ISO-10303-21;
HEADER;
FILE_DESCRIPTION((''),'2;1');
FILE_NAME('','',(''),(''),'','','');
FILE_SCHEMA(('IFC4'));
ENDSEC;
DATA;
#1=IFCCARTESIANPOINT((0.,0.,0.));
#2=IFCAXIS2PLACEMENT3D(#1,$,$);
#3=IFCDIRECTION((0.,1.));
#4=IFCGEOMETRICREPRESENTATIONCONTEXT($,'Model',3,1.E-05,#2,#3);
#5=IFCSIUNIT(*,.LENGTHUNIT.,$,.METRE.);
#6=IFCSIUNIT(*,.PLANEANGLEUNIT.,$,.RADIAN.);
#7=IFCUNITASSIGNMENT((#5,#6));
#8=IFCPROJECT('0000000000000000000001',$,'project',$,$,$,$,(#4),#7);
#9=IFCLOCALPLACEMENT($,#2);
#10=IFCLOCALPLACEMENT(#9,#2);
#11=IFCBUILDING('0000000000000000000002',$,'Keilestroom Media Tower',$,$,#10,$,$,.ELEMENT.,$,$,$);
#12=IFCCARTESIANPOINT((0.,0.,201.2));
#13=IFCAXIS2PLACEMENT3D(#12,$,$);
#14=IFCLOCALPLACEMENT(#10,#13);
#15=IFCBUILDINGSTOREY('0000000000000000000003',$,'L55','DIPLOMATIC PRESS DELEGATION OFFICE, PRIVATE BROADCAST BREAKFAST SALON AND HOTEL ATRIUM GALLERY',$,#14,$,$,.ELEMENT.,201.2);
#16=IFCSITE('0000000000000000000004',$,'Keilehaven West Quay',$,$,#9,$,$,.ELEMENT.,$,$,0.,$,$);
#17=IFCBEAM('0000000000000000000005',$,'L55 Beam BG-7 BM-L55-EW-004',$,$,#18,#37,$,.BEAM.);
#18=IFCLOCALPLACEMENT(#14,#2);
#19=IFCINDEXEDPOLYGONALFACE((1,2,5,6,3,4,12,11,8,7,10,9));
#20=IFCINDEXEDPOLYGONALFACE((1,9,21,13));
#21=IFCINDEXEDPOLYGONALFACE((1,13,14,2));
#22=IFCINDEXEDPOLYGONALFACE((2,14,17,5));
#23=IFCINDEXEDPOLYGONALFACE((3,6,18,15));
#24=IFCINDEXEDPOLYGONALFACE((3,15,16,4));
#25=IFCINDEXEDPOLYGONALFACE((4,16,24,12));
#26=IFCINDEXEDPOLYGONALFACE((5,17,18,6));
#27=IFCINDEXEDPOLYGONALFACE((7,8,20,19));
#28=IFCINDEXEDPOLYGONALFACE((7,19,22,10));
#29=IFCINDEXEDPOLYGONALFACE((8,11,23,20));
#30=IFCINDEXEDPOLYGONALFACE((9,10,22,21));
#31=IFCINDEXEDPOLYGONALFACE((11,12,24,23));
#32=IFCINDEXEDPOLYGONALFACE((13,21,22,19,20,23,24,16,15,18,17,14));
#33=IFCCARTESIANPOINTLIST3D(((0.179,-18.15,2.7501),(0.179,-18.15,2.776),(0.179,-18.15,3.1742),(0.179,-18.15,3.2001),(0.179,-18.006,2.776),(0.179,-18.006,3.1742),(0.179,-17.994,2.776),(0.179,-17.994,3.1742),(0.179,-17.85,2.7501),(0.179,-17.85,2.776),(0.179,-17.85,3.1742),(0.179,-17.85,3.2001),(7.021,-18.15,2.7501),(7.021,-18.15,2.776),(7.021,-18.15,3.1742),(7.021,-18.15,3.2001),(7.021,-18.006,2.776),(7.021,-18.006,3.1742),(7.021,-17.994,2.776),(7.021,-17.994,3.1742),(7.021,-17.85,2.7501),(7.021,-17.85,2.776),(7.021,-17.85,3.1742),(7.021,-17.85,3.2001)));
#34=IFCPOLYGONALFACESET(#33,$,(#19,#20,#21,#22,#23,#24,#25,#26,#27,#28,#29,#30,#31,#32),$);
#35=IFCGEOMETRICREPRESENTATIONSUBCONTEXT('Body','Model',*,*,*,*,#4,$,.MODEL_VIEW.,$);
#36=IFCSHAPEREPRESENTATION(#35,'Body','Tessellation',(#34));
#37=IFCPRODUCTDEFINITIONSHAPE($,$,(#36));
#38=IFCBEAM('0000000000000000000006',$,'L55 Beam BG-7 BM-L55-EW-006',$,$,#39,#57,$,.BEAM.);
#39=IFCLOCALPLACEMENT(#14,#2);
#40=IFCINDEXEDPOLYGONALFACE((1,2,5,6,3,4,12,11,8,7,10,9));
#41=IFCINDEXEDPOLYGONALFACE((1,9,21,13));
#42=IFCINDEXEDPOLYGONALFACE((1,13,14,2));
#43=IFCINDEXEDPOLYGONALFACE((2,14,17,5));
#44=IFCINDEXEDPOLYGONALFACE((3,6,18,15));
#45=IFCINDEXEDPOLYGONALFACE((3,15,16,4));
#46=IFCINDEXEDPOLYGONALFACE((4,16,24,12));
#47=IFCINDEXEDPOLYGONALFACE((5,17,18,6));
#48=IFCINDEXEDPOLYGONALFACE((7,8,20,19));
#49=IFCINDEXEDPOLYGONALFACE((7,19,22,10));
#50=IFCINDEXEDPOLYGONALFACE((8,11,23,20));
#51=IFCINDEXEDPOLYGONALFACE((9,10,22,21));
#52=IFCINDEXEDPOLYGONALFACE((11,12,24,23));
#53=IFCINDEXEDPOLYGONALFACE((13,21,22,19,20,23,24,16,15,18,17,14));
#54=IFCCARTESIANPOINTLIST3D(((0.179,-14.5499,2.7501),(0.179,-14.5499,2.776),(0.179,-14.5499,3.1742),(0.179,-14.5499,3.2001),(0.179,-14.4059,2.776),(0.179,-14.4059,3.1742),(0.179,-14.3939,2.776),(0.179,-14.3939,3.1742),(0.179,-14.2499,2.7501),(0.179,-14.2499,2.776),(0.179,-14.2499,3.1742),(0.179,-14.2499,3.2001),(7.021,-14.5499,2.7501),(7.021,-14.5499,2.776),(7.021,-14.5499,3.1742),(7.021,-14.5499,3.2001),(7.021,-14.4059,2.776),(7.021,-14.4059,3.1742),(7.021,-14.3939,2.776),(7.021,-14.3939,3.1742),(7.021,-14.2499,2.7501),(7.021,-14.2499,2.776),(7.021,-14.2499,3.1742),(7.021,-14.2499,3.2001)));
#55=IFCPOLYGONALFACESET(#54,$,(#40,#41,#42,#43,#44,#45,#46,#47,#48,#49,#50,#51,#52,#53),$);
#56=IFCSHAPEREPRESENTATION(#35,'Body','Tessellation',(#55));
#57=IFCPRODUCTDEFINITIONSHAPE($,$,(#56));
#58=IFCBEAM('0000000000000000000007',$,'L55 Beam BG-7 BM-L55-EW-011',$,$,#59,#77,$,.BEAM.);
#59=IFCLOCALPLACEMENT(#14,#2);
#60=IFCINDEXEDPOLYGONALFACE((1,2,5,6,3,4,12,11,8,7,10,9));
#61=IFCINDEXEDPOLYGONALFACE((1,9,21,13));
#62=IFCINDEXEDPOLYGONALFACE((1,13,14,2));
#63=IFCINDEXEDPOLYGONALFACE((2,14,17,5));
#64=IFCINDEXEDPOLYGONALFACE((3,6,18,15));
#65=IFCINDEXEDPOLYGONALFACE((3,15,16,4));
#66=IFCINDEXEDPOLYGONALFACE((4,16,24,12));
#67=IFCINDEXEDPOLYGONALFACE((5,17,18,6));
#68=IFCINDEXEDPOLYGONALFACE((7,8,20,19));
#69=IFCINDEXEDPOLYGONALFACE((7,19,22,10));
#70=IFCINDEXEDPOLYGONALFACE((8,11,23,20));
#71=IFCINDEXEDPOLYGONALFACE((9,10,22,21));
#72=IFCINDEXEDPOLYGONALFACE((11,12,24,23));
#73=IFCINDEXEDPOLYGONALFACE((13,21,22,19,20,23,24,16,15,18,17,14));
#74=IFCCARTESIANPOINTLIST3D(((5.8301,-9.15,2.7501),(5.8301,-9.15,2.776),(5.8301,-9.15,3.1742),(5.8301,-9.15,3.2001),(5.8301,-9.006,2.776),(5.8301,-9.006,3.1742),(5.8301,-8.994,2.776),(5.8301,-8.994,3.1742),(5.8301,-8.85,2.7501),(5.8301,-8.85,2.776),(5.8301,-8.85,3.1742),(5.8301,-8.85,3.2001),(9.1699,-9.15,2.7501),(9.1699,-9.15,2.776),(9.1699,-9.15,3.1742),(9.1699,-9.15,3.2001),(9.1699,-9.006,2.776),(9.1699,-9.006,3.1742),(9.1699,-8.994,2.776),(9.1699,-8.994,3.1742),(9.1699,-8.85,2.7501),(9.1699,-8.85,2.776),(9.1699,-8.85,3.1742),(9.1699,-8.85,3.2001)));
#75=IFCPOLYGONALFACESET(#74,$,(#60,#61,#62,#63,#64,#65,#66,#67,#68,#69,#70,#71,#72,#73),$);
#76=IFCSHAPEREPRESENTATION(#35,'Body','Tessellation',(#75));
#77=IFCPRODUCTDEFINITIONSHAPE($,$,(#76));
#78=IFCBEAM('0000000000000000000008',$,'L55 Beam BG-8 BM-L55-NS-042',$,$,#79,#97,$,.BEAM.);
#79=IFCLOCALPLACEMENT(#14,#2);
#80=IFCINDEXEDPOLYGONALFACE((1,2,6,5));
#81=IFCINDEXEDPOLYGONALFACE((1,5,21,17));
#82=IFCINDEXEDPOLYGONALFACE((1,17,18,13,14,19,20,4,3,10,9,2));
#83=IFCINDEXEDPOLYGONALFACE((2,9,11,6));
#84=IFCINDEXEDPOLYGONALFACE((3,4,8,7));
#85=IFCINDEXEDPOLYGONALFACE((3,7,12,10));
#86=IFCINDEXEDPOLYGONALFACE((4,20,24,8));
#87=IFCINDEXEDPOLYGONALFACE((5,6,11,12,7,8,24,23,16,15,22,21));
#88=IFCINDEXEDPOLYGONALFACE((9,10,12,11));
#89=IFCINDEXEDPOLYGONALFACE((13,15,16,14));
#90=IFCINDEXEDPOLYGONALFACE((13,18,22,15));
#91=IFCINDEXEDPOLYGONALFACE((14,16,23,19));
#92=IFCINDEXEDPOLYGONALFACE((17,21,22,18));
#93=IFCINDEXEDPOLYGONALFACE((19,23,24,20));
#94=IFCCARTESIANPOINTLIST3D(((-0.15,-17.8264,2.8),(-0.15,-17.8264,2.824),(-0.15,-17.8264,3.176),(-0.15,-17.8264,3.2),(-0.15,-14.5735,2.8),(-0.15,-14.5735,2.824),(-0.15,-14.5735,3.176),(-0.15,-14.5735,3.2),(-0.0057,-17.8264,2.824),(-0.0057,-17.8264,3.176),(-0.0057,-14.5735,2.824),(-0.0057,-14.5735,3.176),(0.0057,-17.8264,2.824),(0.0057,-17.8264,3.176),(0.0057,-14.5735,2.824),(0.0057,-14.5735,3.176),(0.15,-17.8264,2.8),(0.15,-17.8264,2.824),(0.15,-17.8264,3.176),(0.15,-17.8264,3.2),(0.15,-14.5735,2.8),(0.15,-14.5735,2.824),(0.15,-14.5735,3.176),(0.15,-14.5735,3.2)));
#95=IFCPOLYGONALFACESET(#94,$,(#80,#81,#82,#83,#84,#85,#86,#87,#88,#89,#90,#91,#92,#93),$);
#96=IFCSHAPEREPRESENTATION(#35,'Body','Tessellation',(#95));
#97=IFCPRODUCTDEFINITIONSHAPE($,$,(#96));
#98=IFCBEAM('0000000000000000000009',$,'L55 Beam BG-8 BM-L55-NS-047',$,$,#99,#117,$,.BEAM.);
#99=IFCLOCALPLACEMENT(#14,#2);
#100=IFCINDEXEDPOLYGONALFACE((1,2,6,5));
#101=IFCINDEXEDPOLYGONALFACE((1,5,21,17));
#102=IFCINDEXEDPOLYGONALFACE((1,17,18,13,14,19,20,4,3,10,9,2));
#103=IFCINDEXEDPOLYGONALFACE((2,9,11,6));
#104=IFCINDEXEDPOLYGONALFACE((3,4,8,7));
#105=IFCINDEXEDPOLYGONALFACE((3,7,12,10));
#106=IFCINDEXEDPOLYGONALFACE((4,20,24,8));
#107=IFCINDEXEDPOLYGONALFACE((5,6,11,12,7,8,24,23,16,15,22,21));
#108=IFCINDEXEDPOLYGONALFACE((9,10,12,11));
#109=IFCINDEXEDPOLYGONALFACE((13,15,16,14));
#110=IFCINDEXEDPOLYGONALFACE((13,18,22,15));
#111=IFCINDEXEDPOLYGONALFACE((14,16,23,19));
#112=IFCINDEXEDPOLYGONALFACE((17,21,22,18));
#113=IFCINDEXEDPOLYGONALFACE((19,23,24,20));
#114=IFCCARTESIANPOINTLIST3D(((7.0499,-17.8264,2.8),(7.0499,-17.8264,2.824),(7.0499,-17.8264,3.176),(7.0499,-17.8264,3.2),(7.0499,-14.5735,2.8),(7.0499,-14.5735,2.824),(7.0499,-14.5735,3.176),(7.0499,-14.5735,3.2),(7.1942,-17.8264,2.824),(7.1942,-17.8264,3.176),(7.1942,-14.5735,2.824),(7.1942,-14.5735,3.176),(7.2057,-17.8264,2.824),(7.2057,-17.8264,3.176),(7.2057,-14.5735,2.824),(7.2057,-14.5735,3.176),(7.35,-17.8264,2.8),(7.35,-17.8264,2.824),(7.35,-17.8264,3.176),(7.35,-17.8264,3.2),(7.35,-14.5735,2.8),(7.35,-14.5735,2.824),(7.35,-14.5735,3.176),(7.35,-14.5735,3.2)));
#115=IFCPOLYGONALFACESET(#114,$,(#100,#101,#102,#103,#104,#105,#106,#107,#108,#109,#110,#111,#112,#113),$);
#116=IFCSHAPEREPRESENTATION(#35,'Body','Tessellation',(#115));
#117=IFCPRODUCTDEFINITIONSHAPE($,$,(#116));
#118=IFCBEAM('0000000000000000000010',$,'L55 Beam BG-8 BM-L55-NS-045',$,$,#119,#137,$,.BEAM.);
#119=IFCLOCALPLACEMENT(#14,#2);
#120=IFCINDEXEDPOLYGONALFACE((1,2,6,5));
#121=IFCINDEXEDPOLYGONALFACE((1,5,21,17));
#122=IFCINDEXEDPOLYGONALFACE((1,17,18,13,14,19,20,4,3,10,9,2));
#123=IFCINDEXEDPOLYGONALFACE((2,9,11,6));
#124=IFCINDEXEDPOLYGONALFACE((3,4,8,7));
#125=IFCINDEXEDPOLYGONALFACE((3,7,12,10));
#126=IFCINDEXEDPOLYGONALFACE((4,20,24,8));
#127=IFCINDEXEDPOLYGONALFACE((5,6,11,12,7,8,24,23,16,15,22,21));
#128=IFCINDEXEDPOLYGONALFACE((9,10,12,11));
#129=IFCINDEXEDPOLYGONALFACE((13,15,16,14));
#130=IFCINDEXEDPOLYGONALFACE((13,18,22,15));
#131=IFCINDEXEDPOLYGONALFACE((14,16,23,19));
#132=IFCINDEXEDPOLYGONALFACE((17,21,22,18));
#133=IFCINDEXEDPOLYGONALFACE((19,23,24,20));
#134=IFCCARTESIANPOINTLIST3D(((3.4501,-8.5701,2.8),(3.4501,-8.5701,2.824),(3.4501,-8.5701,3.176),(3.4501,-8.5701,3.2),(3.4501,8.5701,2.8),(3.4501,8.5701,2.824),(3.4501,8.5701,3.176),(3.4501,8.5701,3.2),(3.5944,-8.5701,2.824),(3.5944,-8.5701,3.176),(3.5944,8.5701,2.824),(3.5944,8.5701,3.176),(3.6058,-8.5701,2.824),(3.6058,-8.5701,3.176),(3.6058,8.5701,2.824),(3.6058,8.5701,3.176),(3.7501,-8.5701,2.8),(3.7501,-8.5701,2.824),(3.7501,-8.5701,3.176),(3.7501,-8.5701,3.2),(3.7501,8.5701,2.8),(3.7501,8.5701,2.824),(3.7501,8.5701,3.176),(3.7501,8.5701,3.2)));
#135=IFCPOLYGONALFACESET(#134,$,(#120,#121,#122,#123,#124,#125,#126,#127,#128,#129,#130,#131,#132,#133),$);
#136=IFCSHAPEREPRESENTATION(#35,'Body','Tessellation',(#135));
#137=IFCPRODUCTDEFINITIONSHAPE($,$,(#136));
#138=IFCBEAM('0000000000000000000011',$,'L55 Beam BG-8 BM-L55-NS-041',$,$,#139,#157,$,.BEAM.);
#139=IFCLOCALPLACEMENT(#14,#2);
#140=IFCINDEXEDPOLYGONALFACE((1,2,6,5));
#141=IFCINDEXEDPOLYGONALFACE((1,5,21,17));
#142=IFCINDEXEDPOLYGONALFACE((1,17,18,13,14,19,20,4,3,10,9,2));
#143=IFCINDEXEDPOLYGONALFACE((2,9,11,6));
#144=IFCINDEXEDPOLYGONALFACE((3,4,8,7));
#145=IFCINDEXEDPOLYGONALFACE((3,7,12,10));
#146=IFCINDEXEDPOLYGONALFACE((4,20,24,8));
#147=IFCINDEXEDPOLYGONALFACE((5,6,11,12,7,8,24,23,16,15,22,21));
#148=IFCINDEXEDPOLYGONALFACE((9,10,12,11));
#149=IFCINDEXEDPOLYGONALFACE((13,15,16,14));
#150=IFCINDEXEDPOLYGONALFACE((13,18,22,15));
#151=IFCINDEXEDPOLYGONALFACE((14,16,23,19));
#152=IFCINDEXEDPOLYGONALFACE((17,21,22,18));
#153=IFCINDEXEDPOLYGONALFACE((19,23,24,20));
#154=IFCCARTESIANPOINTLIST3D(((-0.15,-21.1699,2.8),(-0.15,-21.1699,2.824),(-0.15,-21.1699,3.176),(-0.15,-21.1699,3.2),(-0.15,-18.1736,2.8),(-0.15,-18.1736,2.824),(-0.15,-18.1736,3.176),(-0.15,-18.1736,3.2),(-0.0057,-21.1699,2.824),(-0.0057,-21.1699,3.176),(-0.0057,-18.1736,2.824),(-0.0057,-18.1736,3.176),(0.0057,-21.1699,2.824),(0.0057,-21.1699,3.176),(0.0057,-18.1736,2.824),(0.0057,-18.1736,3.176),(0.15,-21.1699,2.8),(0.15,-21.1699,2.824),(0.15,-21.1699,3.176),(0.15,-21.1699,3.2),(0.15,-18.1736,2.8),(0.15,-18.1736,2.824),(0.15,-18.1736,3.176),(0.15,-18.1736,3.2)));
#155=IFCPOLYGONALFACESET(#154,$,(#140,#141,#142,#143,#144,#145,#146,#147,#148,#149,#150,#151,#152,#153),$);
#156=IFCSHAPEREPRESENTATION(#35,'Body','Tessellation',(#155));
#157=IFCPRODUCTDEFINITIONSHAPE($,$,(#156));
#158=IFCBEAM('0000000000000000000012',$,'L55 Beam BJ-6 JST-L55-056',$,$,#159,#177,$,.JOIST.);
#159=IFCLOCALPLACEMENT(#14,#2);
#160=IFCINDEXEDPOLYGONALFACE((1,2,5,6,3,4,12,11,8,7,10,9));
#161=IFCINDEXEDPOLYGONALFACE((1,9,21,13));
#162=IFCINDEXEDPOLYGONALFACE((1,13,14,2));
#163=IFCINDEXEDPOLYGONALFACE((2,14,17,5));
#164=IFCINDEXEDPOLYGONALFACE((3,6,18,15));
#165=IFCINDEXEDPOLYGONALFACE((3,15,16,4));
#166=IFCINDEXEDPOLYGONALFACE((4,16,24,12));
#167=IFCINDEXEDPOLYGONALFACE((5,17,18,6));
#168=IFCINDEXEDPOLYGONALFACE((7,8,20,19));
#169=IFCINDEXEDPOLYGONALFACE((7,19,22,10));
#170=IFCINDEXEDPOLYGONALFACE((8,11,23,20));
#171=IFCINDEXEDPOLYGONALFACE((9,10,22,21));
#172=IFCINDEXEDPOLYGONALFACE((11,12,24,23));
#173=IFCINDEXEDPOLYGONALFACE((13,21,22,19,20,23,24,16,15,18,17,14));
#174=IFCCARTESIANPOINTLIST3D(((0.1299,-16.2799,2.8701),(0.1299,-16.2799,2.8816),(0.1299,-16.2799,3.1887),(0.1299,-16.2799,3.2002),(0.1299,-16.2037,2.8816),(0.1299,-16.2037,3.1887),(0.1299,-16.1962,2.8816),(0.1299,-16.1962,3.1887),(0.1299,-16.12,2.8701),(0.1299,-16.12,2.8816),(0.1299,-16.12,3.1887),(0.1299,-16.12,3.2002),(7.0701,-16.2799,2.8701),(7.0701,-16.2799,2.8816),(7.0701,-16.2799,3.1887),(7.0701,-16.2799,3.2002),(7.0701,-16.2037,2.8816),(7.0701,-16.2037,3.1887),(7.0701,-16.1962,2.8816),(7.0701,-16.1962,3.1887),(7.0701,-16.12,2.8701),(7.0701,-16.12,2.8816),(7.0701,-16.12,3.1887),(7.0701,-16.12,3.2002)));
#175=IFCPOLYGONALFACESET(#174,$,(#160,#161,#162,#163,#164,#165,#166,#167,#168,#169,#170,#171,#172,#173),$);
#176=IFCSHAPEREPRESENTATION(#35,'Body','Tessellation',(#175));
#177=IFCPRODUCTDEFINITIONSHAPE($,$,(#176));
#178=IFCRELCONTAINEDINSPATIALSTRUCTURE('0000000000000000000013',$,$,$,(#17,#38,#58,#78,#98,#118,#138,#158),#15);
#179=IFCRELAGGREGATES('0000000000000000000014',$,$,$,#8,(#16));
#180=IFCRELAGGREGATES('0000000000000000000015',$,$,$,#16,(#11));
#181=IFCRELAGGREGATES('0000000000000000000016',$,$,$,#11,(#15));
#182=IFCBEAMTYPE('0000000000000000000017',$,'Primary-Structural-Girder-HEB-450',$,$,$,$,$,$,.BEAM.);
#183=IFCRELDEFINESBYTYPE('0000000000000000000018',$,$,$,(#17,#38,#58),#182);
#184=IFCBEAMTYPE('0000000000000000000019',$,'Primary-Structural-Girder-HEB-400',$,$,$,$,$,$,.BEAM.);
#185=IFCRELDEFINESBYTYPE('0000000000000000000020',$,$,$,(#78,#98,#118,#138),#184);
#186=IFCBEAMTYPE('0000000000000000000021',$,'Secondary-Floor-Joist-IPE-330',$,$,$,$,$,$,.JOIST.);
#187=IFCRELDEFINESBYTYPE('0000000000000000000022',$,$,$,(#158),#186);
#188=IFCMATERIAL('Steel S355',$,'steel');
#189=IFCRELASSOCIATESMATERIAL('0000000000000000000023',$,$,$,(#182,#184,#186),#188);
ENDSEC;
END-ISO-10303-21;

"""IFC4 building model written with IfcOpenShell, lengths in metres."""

from ifc_helpers import new_model, si_unit, direction, frame, origin, origin_2d, place, context, subcontext, project, spatial, i_section, extrude, source, transform, mapped, material, material_profile, profile_set, type_object, element, save


model = new_model("IFC4")

# Units and contexts
model_context = context("Model", 3, precision=1e-05, world=origin(), true_north=direction((0.0, 1.0)))
body_context = subcontext(model_context, "Body", "Model", "MODEL_VIEW")
ifc_project = project(units=[si_unit("LENGTHUNIT", "METRE"), si_unit("PLANEANGLEUNIT", "RADIAN")], contexts=[model_context])

# Site, building, storey
site_placement = place(None, origin())
site = spatial("IfcSite", under=ifc_project, at=site_placement, Name="Keilehaven West Quay", CompositionType="ELEMENT", RefElevation=0.0)
building_placement = place(site_placement, origin())
building = spatial("IfcBuilding", under=site, at=building_placement, Name="Keilestroom Media Tower", CompositionType="ELEMENT")
storey_placement = place(building_placement, frame((0.0, 0.0, 201.2)))
storey = spatial("IfcBuildingStorey", under=building, at=storey_placement, Name="L55", Description="DIPLOMATIC PRESS DELEGATION OFFICE, PRIVATE BROADCAST BREAKFAST SALON AND HOTEL ATRIUM GALLERY", CompositionType="ELEMENT", Elevation=201.2)

# Shared definitions
ifc_material_1 = material(Name="Steel S355", Category="steel")

# Beams
ifc_material_profile_1 = material_profile(ifc_material_1, i_section(OverallWidth=0.3, OverallDepth=0.45, WebThickness=0.012, FlangeThickness=0.0259, at=origin_2d()), Name="HEB 450")
ifc_profile_set_1 = profile_set([ifc_material_profile_1], Name="Steel S355")
beam_type_1 = type_object("IfcBeamType", Name="Primary-Structural-Girder-HEB-450", PredefinedType="BEAM", material=ifc_profile_set_1)
shared_shape_1 = source(origin(), body_context, "Body", "SweptSolid", [
    extrude(i_section(OverallWidth=0.3, OverallDepth=0.45, WebThickness=0.012, FlangeThickness=0.0259, at=origin_2d()), origin(), (0.0, 0.0, 1.0), 6.842),
])
for number, where, z_axis, x_axis, name in (
    (1, (0.179, -18.0, 2.9751), (1.0, 0.0, 0.0), (0.0, 1.0, 0.0), "L55 Beam BG-7 BM-L55-EW-004"),
    (2, (0.179, -14.3999, 2.9751), (1.0, 0.0, 0.0), (0.0, 1.0, 0.0), "L55 Beam BG-7 BM-L55-EW-006"),
):
    element("IfcBeam", number, at=place(storey_placement, frame(where, z_axis=z_axis, x_axis=x_axis)), inside=storey, type_object=beam_type_1, Name=name, PredefinedType="BEAM", context=body_context, shape_type="MappedRepresentation", body=[
        mapped(shared_shape_1, transform((0.0, 0.0, 0.0), x_axis=(1.0, 0.0, 0.0), y_axis=(0.0, 1.0, 0.0), z_axis=(0.0, 0.0, 1.0), scale=1.0)),
    ])
shared_shape_2 = source(origin(), body_context, "Body", "SweptSolid", [
    extrude(i_section(OverallWidth=0.3, OverallDepth=0.45, WebThickness=0.012, FlangeThickness=0.0259, at=origin_2d()), origin(), (0.0, 0.0, 1.0), 3.3398),
])
beam_1_placement = place(storey_placement, frame((5.8301, -9.0, 2.9751), z_axis=(1.0, 0.0, 0.0), x_axis=(0.0, 1.0, 0.0)))
element("IfcBeam", 3, at=beam_1_placement, inside=storey, type_object=beam_type_1, Name="L55 Beam BG-7 BM-L55-EW-011", PredefinedType="BEAM", context=body_context, shape_type="MappedRepresentation", body=[
    mapped(shared_shape_2, transform((0.0, 0.0, 0.0), x_axis=(1.0, 0.0, 0.0), y_axis=(0.0, 1.0, 0.0), z_axis=(0.0, 0.0, 1.0), scale=1.0)),
])
ifc_material_profile_2 = material_profile(ifc_material_1, i_section(OverallWidth=0.3, OverallDepth=0.3999, WebThickness=0.0115, FlangeThickness=0.0239, at=origin_2d()), Name="HEB 400")
ifc_profile_set_2 = profile_set([ifc_material_profile_2], Name="Steel S355")
beam_type_2 = type_object("IfcBeamType", Name="Primary-Structural-Girder-HEB-400", PredefinedType="BEAM", material=ifc_profile_set_2)
shared_shape_3 = source(origin(), body_context, "Body", "SweptSolid", [
    extrude(i_section(OverallWidth=0.3, OverallDepth=0.3999, WebThickness=0.0115, FlangeThickness=0.0239, at=origin_2d()), origin(), (0.0, 0.0, 1.0), 3.2529),
])
for number, where, z_axis, x_axis, name in (
    (4, (0.0, -17.8264, 3.0), (0.0, 1.0, 0.0), (-1.0, 0.0, 0.0), "L55 Beam BG-8 BM-L55-NS-042"),
    (5, (7.2, -17.8264, 3.0), (0.0, 1.0, 0.0), (-1.0, 0.0, 0.0), "L55 Beam BG-8 BM-L55-NS-047"),
):
    element("IfcBeam", number, at=place(storey_placement, frame(where, z_axis=z_axis, x_axis=x_axis)), inside=storey, type_object=beam_type_2, Name=name, PredefinedType="BEAM", context=body_context, shape_type="MappedRepresentation", body=[
        mapped(shared_shape_3, transform((0.0, 0.0, 0.0), x_axis=(1.0, 0.0, 0.0), y_axis=(0.0, 1.0, 0.0), z_axis=(0.0, 0.0, 1.0), scale=1.0)),
    ])
shared_shape_4 = source(origin(), body_context, "Body", "SweptSolid", [
    extrude(i_section(OverallWidth=0.3, OverallDepth=0.3999, WebThickness=0.0115, FlangeThickness=0.0239, at=origin_2d()), origin(), (0.0, 0.0, 1.0), 17.1401),
])
beam_2_placement = place(storey_placement, frame((3.6001, -8.5701, 3.0), z_axis=(0.0, 1.0, 0.0), x_axis=(-1.0, 0.0, 0.0)))
element("IfcBeam", 6, at=beam_2_placement, inside=storey, type_object=beam_type_2, Name="L55 Beam BG-8 BM-L55-NS-045", PredefinedType="BEAM", context=body_context, shape_type="MappedRepresentation", body=[
    mapped(shared_shape_4, transform((0.0, 0.0, 0.0), x_axis=(1.0, 0.0, 0.0), y_axis=(0.0, 1.0, 0.0), z_axis=(0.0, 0.0, 1.0), scale=1.0)),
])
shared_shape_5 = source(origin(), body_context, "Body", "SweptSolid", [
    extrude(i_section(OverallWidth=0.3, OverallDepth=0.3999, WebThickness=0.0115, FlangeThickness=0.0239, at=origin_2d()), origin(), (0.0, 0.0, 1.0), 2.9963),
])
beam_3_placement = place(storey_placement, frame((0.0, -21.1699, 3.0), z_axis=(0.0, 1.0, 0.0), x_axis=(-1.0, 0.0, 0.0)))
element("IfcBeam", 7, at=beam_3_placement, inside=storey, type_object=beam_type_2, Name="L55 Beam BG-8 BM-L55-NS-041", PredefinedType="BEAM", context=body_context, shape_type="MappedRepresentation", body=[
    mapped(shared_shape_5, transform((0.0, 0.0, 0.0), x_axis=(1.0, 0.0, 0.0), y_axis=(0.0, 1.0, 0.0), z_axis=(0.0, 0.0, 1.0), scale=1.0)),
])
ifc_material_profile_3 = material_profile(ifc_material_1, i_section(OverallWidth=0.1599, OverallDepth=0.3301, WebThickness=0.0076, FlangeThickness=0.0115, at=origin_2d()), Name="IPE 330")
ifc_profile_set_3 = profile_set([ifc_material_profile_3], Name="Steel S355")
beam_type_3 = type_object("IfcBeamType", Name="Secondary-Floor-Joist-IPE-330", PredefinedType="JOIST", material=ifc_profile_set_3)
shared_shape_6 = source(origin(), body_context, "Body", "SweptSolid", [
    extrude(i_section(OverallWidth=0.1599, OverallDepth=0.3301, WebThickness=0.0076, FlangeThickness=0.0115, at=origin_2d()), origin(), (0.0, 0.0, 1.0), 6.9402),
])
beam_4_placement = place(storey_placement, frame((0.1299, -16.2, 3.0352), z_axis=(1.0, 0.0, 0.0), x_axis=(0.0, 1.0, 0.0)))
element("IfcBeam", 8, at=beam_4_placement, inside=storey, type_object=beam_type_3, Name="L55 Beam BJ-6 JST-L55-056", PredefinedType="JOIST", context=body_context, shape_type="MappedRepresentation", body=[
    mapped(shared_shape_6, transform((0.0, 0.0, 0.0), x_axis=(1.0, 0.0, 0.0), y_axis=(0.0, 1.0, 0.0), z_axis=(0.0, 0.0, 1.0), scale=1.0)),
])

save(model, "model.ifc")
